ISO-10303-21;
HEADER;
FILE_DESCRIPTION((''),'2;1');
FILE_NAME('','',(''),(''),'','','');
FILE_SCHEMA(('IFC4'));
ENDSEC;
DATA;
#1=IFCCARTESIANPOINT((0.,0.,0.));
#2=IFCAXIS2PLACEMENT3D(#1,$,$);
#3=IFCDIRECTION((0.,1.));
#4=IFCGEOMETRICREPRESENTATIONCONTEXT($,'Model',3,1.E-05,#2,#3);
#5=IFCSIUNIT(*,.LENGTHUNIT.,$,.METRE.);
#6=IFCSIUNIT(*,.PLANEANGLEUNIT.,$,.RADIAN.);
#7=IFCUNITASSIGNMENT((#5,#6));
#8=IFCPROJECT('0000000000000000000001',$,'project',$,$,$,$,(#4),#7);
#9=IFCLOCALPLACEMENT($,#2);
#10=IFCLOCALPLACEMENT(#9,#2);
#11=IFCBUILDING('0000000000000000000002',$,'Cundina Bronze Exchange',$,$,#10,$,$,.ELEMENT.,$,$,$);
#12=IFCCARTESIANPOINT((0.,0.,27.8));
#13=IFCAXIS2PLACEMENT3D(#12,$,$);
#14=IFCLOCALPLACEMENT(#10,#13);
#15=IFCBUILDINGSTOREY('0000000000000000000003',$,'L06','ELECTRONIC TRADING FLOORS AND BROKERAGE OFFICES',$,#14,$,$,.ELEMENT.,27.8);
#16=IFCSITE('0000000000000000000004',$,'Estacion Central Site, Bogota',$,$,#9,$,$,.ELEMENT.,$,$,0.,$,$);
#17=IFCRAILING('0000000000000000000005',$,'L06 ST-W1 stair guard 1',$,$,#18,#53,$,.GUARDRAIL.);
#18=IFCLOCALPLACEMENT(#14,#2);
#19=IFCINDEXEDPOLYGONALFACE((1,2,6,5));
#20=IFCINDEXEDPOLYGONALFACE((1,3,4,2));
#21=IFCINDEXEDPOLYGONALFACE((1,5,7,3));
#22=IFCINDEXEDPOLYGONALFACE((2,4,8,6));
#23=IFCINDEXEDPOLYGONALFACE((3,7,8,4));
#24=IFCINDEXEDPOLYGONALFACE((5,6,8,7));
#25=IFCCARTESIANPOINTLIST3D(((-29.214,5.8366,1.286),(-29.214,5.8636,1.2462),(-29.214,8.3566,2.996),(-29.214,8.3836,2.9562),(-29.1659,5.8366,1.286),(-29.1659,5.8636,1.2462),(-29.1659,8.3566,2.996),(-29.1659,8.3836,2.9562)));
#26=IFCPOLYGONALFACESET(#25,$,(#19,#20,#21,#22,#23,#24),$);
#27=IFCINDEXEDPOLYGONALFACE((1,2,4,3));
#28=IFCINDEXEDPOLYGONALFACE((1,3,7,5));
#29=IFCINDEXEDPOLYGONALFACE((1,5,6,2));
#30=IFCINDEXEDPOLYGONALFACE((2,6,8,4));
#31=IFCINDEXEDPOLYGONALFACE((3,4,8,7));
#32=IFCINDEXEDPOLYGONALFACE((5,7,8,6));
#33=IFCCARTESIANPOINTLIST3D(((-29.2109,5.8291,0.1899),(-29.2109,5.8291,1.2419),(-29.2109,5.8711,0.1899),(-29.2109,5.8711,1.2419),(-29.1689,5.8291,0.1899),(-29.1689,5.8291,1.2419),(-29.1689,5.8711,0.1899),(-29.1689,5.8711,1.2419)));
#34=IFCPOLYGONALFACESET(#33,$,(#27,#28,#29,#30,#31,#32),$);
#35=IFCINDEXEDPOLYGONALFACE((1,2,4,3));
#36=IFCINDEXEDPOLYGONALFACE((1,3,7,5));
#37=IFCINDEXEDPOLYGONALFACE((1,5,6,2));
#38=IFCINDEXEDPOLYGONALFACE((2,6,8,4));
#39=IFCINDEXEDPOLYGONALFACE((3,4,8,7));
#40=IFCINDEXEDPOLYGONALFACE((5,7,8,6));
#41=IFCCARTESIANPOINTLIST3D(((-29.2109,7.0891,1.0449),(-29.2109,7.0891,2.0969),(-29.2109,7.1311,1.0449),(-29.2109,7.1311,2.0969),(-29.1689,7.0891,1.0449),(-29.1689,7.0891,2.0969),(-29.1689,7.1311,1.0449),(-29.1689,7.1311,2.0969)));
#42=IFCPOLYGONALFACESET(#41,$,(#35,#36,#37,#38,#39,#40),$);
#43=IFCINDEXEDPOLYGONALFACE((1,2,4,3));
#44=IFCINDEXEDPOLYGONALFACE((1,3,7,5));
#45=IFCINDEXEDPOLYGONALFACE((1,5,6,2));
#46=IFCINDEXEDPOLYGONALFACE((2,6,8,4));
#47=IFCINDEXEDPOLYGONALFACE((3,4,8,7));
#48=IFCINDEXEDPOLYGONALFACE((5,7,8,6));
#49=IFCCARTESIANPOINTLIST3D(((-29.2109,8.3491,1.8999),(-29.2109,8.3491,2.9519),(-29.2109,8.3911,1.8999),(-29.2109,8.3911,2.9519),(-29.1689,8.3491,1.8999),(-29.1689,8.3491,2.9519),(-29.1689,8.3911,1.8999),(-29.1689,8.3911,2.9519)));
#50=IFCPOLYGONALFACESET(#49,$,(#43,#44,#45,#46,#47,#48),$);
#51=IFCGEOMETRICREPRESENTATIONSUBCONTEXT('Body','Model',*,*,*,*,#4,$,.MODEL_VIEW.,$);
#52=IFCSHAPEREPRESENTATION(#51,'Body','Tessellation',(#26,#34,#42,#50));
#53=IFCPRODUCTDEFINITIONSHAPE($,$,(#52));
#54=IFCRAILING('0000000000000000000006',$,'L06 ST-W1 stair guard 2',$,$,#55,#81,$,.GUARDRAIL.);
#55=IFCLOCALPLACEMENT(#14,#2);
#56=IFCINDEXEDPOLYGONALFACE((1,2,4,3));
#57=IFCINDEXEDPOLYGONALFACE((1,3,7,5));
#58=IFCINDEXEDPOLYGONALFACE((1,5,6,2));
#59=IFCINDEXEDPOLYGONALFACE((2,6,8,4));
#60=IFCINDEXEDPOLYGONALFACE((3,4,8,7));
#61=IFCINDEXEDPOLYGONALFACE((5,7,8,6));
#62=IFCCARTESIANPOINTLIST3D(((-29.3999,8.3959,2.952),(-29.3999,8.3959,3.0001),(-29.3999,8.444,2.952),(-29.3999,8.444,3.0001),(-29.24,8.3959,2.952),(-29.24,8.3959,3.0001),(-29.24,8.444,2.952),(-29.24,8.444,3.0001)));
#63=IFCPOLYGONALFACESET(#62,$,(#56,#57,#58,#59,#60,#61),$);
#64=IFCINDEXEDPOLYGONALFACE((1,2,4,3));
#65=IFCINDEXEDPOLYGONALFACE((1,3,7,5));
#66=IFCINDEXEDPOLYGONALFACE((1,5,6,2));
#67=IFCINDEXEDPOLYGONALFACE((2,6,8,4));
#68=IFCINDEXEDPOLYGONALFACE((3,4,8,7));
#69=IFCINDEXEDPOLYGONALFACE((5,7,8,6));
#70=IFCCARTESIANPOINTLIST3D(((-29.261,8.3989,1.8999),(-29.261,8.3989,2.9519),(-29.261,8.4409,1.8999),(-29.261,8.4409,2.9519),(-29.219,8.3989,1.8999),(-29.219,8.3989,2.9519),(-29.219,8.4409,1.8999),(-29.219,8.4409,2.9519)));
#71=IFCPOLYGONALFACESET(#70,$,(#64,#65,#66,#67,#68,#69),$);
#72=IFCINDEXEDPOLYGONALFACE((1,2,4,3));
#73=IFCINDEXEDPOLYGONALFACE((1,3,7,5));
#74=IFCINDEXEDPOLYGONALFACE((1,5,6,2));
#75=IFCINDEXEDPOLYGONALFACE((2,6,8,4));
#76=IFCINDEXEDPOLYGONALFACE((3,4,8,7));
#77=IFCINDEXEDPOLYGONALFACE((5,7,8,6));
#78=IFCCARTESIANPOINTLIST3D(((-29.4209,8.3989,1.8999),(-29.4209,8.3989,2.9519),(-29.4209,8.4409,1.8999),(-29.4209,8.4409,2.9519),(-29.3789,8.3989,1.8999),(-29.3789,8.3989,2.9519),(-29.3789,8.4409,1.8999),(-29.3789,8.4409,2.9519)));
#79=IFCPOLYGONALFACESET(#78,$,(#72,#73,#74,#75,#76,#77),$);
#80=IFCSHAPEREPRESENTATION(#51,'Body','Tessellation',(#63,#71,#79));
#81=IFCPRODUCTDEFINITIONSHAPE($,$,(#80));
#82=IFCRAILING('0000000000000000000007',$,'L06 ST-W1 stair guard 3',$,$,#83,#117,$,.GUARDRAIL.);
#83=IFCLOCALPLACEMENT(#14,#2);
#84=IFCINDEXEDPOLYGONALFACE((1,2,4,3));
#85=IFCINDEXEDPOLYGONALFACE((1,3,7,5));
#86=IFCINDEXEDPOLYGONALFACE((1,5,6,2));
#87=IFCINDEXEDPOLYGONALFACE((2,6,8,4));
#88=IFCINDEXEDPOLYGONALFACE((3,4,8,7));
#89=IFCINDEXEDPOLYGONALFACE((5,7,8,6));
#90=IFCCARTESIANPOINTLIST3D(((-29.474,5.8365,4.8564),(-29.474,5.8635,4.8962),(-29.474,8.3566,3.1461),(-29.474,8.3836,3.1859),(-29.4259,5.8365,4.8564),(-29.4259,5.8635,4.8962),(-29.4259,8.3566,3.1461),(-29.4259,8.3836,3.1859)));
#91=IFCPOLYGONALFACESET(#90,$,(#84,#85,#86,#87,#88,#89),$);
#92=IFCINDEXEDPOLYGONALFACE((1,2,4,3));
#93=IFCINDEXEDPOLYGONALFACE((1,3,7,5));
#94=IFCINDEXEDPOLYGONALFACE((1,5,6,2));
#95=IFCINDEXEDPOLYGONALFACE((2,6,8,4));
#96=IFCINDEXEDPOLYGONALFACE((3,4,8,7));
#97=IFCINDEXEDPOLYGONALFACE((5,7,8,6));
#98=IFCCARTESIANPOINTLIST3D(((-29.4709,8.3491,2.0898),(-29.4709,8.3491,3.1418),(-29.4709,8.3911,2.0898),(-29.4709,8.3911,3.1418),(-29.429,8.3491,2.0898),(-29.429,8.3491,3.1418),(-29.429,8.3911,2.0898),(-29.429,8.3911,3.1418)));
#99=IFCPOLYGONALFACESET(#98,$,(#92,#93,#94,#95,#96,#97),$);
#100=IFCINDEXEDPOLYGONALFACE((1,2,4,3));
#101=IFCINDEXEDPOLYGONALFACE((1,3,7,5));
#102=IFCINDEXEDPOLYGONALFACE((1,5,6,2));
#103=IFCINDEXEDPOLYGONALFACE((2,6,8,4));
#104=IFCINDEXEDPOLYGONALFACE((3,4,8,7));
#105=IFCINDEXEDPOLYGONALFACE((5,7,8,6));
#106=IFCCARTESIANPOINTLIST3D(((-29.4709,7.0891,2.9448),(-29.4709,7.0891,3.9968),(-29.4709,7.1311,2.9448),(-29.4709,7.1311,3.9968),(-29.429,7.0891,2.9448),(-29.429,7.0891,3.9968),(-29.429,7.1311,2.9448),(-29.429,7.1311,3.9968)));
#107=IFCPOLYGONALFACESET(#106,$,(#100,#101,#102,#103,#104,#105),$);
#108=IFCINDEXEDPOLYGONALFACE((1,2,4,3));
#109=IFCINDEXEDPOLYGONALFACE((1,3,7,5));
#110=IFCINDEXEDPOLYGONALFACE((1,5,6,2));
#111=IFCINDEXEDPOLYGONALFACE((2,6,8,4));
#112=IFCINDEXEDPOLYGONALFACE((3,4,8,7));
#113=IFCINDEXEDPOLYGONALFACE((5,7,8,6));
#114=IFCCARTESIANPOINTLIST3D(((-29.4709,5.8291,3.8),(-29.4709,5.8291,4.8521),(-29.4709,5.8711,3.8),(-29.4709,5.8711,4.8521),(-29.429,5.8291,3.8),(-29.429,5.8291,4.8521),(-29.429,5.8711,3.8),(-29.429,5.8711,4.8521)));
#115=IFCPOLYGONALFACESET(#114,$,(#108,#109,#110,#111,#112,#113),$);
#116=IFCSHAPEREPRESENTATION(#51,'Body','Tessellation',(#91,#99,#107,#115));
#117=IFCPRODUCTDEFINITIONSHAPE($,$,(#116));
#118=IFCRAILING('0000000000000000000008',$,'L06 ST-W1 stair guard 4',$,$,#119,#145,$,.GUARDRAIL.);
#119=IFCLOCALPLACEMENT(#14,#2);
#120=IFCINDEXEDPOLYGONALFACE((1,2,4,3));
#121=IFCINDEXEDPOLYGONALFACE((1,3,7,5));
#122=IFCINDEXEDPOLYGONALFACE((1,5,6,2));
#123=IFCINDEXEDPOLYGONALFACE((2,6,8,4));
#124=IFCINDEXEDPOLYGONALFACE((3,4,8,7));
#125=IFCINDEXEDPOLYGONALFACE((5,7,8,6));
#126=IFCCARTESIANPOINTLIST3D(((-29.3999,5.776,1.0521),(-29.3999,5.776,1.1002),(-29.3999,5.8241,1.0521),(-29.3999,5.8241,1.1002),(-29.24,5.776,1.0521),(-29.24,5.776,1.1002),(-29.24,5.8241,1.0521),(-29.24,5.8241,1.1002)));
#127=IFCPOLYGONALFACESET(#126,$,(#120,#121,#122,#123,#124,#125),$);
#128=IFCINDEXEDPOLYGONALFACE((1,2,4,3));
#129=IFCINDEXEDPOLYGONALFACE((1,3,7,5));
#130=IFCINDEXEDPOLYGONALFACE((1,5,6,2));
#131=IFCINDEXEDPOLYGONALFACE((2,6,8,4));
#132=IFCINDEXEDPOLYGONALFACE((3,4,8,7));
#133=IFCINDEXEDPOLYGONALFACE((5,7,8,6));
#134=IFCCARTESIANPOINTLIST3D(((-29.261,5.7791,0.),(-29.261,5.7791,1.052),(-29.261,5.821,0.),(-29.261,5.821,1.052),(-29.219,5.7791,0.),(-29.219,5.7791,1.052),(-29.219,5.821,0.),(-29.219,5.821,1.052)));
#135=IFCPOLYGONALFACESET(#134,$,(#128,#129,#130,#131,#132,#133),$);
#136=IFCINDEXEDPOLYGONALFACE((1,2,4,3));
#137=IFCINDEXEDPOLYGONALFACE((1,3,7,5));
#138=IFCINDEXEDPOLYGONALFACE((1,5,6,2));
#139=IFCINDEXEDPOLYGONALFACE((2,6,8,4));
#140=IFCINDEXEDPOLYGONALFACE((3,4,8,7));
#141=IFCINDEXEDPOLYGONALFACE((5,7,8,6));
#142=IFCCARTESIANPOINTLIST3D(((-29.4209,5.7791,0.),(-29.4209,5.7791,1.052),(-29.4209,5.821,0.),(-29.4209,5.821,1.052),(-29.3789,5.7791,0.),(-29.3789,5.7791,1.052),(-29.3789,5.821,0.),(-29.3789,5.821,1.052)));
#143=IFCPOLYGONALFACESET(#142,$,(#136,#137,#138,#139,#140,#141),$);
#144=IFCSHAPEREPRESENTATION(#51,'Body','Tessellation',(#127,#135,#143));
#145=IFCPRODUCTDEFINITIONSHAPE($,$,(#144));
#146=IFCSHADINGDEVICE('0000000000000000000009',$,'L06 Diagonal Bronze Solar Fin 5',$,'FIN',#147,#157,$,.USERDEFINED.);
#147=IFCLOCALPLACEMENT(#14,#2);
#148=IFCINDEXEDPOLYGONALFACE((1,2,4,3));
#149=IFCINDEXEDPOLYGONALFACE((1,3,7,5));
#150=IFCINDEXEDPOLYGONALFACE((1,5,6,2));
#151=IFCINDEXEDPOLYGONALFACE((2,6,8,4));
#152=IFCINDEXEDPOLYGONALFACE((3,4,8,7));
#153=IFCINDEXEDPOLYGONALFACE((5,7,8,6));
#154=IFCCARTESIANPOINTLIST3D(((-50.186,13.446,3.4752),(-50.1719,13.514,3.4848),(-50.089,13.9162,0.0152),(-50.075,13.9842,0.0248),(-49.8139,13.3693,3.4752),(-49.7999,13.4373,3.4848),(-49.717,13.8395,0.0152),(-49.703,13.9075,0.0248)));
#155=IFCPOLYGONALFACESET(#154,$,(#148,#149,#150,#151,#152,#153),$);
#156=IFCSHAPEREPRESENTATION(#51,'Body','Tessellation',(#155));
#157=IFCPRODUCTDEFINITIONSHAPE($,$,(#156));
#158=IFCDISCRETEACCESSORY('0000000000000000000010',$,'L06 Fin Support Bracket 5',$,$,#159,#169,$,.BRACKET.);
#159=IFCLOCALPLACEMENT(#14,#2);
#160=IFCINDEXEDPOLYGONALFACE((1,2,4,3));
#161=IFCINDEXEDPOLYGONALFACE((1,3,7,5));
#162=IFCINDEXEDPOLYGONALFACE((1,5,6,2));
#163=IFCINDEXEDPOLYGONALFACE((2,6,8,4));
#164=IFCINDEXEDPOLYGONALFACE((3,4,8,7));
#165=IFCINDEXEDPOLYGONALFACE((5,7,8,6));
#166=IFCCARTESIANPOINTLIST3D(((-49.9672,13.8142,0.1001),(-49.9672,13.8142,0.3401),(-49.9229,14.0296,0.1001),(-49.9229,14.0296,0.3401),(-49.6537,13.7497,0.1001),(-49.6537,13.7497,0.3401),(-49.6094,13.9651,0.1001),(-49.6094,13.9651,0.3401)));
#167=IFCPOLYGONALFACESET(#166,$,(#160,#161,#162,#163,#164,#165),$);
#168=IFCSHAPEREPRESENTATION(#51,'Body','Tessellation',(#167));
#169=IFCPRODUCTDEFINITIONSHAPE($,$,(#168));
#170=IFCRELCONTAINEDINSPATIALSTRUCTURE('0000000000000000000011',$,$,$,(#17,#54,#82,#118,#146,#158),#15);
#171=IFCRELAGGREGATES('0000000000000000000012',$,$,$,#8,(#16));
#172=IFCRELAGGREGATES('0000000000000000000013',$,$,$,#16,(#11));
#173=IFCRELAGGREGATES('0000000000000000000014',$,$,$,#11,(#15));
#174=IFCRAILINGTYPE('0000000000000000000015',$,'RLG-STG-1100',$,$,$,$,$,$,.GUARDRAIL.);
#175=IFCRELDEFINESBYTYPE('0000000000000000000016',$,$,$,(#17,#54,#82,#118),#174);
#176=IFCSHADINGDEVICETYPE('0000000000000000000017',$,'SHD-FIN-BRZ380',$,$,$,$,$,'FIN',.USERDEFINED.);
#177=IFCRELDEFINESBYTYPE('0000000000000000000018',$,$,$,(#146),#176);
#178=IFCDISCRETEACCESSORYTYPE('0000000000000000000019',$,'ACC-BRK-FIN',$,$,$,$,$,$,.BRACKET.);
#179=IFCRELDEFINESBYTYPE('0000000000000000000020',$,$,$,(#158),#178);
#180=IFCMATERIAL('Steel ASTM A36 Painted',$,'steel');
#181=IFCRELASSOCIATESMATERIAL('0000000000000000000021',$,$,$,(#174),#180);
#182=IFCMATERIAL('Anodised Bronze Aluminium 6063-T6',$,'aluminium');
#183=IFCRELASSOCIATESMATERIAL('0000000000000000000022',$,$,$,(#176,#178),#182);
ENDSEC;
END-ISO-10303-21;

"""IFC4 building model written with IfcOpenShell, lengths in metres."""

from ifc_helpers import new_model, si_unit, direction, frame, origin, origin_2d, place, context, subcontext, project, spatial, rectangle, extrude, material, material_profile, profile_set, type_object, element, save


model = new_model("IFC4")

# Units and contexts
model_context = context("Model", 3, precision=1e-05, world=origin(), true_north=direction((0.0, 1.0)))
body_context = subcontext(model_context, "Body", "Model", "MODEL_VIEW")
ifc_project = project(units=[si_unit("LENGTHUNIT", "METRE"), si_unit("PLANEANGLEUNIT", "RADIAN")], contexts=[model_context])

# Site, building, storey
site_placement = place(None, origin())
site = spatial("IfcSite", under=ifc_project, at=site_placement, Name="Estacion Central Site, Bogota", CompositionType="ELEMENT", RefElevation=0.0)
building_placement = place(site_placement, origin())
building = spatial("IfcBuilding", under=site, at=building_placement, Name="Cundina Bronze Exchange", CompositionType="ELEMENT")
storey_placement = place(building_placement, frame((0.0, 0.0, 27.8)))
storey = spatial("IfcBuildingStorey", under=building, at=storey_placement, Name="L06", Description="ELECTRONIC TRADING FLOORS AND BROKERAGE OFFICES", CompositionType="ELEMENT", Elevation=27.8)

# Shared definitions
ifc_material_1 = material(Name="Anodised Bronze Aluminium 6063-T6", Category="aluminium")

# Shared definitions
ifc_material_2 = material(Name="Steel ASTM A36 Painted", Category="steel")

# Railings
railing_type_1 = type_object("IfcRailingType", Name="RLG-STG-1100", PredefinedType="GUARDRAIL", material=ifc_material_2)
railing_1_placement = place(storey_placement, frame((-29.1899, 5.8501, 0.1899)))
element("IfcRailing", 1, at=railing_1_placement, inside=storey, type_object=railing_type_1, Name="L06 ST-W1 stair guard 1", PredefinedType="GUARDRAIL", context=body_context, shape_type="SweptSolid", body=[
    extrude(rectangle(XDim=0.0481, YDim=0.0481, at=origin_2d()), frame((0.0, 0.0, 1.0762), z_axis=(0.0, 0.827484, 0.56149), x_axis=(-1.0, 0.0, 0.0)), (0.0, 0.0, 1.0), 3.0454),
    extrude(rectangle(XDim=0.042, YDim=0.042, at=origin_2d()), origin(), (0.0, 0.0, 1.0), 1.052),
    extrude(rectangle(XDim=0.042, YDim=0.042, at=origin_2d()), frame((0.0, 1.26, 0.855)), (0.0, 0.0, 1.0), 1.052),
    extrude(rectangle(XDim=0.042, YDim=0.042, at=origin_2d()), frame((0.0, 2.52, 1.71)), (0.0, 0.0, 1.0), 1.052),
])
railing_2_placement = place(storey_placement, frame((-29.24, 8.4199, 1.8999)))
element("IfcRailing", 2, at=railing_2_placement, inside=storey, type_object=railing_type_1, Name="L06 ST-W1 stair guard 2", PredefinedType="GUARDRAIL", context=body_context, shape_type="SweptSolid", body=[
    extrude(rectangle(XDim=0.0481, YDim=0.0481, at=origin_2d()), frame((0.0, 0.0, 1.0762), z_axis=(-1.0, 0.0, 0.0), x_axis=(0.0, -1.0, 0.0)), (0.0, 0.0, 1.0), 0.1599),
    extrude(rectangle(XDim=0.042, YDim=0.042, at=origin_2d()), origin(), (0.0, 0.0, 1.0), 1.052),
    extrude(rectangle(XDim=0.042, YDim=0.042, at=origin_2d()), frame((-0.1599, 0.0, 0.0)), (0.0, 0.0, 1.0), 1.052),
])
railing_3_placement = place(storey_placement, frame((-29.45, 8.3701, 2.0898)))
element("IfcRailing", 3, at=railing_3_placement, inside=storey, type_object=railing_type_1, Name="L06 ST-W1 stair guard 3", PredefinedType="GUARDRAIL", context=body_context, shape_type="SweptSolid", body=[
    extrude(rectangle(XDim=0.0481, YDim=0.0481, at=origin_2d()), frame((0.0, 0.0, 1.0762), z_axis=(0.0, -0.827447, 0.561545), x_axis=(1.0, 0.0, 0.0)), (0.0, 0.0, 1.0), 3.0457),
    extrude(rectangle(XDim=0.042, YDim=0.042, at=origin_2d()), origin(), (0.0, 0.0, 1.0), 1.052),
    extrude(rectangle(XDim=0.042, YDim=0.042, at=origin_2d()), frame((0.0, -1.26, 0.855)), (0.0, 0.0, 1.0), 1.052),
    extrude(rectangle(XDim=0.042, YDim=0.042, at=origin_2d()), frame((0.0, -2.52, 1.7102)), (0.0, 0.0, 1.0), 1.052),
])
railing_4_placement = place(storey_placement, frame((-29.24, 5.8, 0.0)))
element("IfcRailing", 4, at=railing_4_placement, inside=storey, type_object=railing_type_1, Name="L06 ST-W1 stair guard 4", PredefinedType="GUARDRAIL", context=body_context, shape_type="SweptSolid", body=[
    extrude(rectangle(XDim=0.0481, YDim=0.0481, at=origin_2d()), frame((0.0, 0.0, 1.0762), z_axis=(-1.0, 0.0, 0.0), x_axis=(0.0, -1.0, 0.0)), (0.0, 0.0, 1.0), 0.1599),
    extrude(rectangle(XDim=0.042, YDim=0.042, at=origin_2d()), origin(), (0.0, 0.0, 1.0), 1.052),
    extrude(rectangle(XDim=0.042, YDim=0.042, at=origin_2d()), frame((-0.1599, 0.0, 0.0)), (0.0, 0.0, 1.0), 1.052),
])

# Shading device
ifc_material_profile_1 = material_profile(ifc_material_1, rectangle(XDim=0.0701, YDim=0.3799, at=origin_2d()), Name="FIN70X380", Category="aluminium")
ifc_profile_set_1 = profile_set([ifc_material_profile_1], Name="Anodised Bronze Aluminium 6063-T6")
shading_device_type = type_object("IfcShadingDeviceType", Name="SHD-FIN-BRZ380", ElementType="FIN", PredefinedType="USERDEFINED", material=ifc_profile_set_1)
shading_device_placement = place(storey_placement, frame((-49.896, 13.9119, 0.02), z_axis=(-0.027747, -0.134612, 0.99051), x_axis=(0.199967, 0.970115, 0.137442)))
element("IfcShadingDevice", 5, at=shading_device_placement, inside=storey, type_object=shading_device_type, Name="L06 Diagonal Bronze Solar Fin 5", ObjectType="FIN", PredefinedType="USERDEFINED", context=body_context, shape_type="SweptSolid", body=[
    extrude(rectangle(XDim=0.0701, YDim=0.3799, at=origin_2d()), origin(), (0.0, 0.0, 1.0), 3.4932),
])

# Discrete accessory
discrete_accessory_type = type_object("IfcDiscreteAccessoryType", Name="ACC-BRK-FIN", PredefinedType="BRACKET", material=ifc_material_1)
discrete_accessory_placement = place(storey_placement, frame((-49.7883, 13.8896, 0.1001), z_axis=(0.0, 0.0, 1.0), x_axis=(-0.20142, -0.979505, 0.0)))
element("IfcDiscreteAccessory", 6, at=discrete_accessory_placement, inside=storey, type_object=discrete_accessory_type, Name="L06 Fin Support Bracket 5", PredefinedType="BRACKET", context=body_context, shape_type="SweptSolid", body=[
    extrude(rectangle(XDim=0.22, YDim=0.3201, at=origin_2d()), origin(), (0.0, 0.0, 1.0), 0.24),
])

save(model, "model.ifc")
